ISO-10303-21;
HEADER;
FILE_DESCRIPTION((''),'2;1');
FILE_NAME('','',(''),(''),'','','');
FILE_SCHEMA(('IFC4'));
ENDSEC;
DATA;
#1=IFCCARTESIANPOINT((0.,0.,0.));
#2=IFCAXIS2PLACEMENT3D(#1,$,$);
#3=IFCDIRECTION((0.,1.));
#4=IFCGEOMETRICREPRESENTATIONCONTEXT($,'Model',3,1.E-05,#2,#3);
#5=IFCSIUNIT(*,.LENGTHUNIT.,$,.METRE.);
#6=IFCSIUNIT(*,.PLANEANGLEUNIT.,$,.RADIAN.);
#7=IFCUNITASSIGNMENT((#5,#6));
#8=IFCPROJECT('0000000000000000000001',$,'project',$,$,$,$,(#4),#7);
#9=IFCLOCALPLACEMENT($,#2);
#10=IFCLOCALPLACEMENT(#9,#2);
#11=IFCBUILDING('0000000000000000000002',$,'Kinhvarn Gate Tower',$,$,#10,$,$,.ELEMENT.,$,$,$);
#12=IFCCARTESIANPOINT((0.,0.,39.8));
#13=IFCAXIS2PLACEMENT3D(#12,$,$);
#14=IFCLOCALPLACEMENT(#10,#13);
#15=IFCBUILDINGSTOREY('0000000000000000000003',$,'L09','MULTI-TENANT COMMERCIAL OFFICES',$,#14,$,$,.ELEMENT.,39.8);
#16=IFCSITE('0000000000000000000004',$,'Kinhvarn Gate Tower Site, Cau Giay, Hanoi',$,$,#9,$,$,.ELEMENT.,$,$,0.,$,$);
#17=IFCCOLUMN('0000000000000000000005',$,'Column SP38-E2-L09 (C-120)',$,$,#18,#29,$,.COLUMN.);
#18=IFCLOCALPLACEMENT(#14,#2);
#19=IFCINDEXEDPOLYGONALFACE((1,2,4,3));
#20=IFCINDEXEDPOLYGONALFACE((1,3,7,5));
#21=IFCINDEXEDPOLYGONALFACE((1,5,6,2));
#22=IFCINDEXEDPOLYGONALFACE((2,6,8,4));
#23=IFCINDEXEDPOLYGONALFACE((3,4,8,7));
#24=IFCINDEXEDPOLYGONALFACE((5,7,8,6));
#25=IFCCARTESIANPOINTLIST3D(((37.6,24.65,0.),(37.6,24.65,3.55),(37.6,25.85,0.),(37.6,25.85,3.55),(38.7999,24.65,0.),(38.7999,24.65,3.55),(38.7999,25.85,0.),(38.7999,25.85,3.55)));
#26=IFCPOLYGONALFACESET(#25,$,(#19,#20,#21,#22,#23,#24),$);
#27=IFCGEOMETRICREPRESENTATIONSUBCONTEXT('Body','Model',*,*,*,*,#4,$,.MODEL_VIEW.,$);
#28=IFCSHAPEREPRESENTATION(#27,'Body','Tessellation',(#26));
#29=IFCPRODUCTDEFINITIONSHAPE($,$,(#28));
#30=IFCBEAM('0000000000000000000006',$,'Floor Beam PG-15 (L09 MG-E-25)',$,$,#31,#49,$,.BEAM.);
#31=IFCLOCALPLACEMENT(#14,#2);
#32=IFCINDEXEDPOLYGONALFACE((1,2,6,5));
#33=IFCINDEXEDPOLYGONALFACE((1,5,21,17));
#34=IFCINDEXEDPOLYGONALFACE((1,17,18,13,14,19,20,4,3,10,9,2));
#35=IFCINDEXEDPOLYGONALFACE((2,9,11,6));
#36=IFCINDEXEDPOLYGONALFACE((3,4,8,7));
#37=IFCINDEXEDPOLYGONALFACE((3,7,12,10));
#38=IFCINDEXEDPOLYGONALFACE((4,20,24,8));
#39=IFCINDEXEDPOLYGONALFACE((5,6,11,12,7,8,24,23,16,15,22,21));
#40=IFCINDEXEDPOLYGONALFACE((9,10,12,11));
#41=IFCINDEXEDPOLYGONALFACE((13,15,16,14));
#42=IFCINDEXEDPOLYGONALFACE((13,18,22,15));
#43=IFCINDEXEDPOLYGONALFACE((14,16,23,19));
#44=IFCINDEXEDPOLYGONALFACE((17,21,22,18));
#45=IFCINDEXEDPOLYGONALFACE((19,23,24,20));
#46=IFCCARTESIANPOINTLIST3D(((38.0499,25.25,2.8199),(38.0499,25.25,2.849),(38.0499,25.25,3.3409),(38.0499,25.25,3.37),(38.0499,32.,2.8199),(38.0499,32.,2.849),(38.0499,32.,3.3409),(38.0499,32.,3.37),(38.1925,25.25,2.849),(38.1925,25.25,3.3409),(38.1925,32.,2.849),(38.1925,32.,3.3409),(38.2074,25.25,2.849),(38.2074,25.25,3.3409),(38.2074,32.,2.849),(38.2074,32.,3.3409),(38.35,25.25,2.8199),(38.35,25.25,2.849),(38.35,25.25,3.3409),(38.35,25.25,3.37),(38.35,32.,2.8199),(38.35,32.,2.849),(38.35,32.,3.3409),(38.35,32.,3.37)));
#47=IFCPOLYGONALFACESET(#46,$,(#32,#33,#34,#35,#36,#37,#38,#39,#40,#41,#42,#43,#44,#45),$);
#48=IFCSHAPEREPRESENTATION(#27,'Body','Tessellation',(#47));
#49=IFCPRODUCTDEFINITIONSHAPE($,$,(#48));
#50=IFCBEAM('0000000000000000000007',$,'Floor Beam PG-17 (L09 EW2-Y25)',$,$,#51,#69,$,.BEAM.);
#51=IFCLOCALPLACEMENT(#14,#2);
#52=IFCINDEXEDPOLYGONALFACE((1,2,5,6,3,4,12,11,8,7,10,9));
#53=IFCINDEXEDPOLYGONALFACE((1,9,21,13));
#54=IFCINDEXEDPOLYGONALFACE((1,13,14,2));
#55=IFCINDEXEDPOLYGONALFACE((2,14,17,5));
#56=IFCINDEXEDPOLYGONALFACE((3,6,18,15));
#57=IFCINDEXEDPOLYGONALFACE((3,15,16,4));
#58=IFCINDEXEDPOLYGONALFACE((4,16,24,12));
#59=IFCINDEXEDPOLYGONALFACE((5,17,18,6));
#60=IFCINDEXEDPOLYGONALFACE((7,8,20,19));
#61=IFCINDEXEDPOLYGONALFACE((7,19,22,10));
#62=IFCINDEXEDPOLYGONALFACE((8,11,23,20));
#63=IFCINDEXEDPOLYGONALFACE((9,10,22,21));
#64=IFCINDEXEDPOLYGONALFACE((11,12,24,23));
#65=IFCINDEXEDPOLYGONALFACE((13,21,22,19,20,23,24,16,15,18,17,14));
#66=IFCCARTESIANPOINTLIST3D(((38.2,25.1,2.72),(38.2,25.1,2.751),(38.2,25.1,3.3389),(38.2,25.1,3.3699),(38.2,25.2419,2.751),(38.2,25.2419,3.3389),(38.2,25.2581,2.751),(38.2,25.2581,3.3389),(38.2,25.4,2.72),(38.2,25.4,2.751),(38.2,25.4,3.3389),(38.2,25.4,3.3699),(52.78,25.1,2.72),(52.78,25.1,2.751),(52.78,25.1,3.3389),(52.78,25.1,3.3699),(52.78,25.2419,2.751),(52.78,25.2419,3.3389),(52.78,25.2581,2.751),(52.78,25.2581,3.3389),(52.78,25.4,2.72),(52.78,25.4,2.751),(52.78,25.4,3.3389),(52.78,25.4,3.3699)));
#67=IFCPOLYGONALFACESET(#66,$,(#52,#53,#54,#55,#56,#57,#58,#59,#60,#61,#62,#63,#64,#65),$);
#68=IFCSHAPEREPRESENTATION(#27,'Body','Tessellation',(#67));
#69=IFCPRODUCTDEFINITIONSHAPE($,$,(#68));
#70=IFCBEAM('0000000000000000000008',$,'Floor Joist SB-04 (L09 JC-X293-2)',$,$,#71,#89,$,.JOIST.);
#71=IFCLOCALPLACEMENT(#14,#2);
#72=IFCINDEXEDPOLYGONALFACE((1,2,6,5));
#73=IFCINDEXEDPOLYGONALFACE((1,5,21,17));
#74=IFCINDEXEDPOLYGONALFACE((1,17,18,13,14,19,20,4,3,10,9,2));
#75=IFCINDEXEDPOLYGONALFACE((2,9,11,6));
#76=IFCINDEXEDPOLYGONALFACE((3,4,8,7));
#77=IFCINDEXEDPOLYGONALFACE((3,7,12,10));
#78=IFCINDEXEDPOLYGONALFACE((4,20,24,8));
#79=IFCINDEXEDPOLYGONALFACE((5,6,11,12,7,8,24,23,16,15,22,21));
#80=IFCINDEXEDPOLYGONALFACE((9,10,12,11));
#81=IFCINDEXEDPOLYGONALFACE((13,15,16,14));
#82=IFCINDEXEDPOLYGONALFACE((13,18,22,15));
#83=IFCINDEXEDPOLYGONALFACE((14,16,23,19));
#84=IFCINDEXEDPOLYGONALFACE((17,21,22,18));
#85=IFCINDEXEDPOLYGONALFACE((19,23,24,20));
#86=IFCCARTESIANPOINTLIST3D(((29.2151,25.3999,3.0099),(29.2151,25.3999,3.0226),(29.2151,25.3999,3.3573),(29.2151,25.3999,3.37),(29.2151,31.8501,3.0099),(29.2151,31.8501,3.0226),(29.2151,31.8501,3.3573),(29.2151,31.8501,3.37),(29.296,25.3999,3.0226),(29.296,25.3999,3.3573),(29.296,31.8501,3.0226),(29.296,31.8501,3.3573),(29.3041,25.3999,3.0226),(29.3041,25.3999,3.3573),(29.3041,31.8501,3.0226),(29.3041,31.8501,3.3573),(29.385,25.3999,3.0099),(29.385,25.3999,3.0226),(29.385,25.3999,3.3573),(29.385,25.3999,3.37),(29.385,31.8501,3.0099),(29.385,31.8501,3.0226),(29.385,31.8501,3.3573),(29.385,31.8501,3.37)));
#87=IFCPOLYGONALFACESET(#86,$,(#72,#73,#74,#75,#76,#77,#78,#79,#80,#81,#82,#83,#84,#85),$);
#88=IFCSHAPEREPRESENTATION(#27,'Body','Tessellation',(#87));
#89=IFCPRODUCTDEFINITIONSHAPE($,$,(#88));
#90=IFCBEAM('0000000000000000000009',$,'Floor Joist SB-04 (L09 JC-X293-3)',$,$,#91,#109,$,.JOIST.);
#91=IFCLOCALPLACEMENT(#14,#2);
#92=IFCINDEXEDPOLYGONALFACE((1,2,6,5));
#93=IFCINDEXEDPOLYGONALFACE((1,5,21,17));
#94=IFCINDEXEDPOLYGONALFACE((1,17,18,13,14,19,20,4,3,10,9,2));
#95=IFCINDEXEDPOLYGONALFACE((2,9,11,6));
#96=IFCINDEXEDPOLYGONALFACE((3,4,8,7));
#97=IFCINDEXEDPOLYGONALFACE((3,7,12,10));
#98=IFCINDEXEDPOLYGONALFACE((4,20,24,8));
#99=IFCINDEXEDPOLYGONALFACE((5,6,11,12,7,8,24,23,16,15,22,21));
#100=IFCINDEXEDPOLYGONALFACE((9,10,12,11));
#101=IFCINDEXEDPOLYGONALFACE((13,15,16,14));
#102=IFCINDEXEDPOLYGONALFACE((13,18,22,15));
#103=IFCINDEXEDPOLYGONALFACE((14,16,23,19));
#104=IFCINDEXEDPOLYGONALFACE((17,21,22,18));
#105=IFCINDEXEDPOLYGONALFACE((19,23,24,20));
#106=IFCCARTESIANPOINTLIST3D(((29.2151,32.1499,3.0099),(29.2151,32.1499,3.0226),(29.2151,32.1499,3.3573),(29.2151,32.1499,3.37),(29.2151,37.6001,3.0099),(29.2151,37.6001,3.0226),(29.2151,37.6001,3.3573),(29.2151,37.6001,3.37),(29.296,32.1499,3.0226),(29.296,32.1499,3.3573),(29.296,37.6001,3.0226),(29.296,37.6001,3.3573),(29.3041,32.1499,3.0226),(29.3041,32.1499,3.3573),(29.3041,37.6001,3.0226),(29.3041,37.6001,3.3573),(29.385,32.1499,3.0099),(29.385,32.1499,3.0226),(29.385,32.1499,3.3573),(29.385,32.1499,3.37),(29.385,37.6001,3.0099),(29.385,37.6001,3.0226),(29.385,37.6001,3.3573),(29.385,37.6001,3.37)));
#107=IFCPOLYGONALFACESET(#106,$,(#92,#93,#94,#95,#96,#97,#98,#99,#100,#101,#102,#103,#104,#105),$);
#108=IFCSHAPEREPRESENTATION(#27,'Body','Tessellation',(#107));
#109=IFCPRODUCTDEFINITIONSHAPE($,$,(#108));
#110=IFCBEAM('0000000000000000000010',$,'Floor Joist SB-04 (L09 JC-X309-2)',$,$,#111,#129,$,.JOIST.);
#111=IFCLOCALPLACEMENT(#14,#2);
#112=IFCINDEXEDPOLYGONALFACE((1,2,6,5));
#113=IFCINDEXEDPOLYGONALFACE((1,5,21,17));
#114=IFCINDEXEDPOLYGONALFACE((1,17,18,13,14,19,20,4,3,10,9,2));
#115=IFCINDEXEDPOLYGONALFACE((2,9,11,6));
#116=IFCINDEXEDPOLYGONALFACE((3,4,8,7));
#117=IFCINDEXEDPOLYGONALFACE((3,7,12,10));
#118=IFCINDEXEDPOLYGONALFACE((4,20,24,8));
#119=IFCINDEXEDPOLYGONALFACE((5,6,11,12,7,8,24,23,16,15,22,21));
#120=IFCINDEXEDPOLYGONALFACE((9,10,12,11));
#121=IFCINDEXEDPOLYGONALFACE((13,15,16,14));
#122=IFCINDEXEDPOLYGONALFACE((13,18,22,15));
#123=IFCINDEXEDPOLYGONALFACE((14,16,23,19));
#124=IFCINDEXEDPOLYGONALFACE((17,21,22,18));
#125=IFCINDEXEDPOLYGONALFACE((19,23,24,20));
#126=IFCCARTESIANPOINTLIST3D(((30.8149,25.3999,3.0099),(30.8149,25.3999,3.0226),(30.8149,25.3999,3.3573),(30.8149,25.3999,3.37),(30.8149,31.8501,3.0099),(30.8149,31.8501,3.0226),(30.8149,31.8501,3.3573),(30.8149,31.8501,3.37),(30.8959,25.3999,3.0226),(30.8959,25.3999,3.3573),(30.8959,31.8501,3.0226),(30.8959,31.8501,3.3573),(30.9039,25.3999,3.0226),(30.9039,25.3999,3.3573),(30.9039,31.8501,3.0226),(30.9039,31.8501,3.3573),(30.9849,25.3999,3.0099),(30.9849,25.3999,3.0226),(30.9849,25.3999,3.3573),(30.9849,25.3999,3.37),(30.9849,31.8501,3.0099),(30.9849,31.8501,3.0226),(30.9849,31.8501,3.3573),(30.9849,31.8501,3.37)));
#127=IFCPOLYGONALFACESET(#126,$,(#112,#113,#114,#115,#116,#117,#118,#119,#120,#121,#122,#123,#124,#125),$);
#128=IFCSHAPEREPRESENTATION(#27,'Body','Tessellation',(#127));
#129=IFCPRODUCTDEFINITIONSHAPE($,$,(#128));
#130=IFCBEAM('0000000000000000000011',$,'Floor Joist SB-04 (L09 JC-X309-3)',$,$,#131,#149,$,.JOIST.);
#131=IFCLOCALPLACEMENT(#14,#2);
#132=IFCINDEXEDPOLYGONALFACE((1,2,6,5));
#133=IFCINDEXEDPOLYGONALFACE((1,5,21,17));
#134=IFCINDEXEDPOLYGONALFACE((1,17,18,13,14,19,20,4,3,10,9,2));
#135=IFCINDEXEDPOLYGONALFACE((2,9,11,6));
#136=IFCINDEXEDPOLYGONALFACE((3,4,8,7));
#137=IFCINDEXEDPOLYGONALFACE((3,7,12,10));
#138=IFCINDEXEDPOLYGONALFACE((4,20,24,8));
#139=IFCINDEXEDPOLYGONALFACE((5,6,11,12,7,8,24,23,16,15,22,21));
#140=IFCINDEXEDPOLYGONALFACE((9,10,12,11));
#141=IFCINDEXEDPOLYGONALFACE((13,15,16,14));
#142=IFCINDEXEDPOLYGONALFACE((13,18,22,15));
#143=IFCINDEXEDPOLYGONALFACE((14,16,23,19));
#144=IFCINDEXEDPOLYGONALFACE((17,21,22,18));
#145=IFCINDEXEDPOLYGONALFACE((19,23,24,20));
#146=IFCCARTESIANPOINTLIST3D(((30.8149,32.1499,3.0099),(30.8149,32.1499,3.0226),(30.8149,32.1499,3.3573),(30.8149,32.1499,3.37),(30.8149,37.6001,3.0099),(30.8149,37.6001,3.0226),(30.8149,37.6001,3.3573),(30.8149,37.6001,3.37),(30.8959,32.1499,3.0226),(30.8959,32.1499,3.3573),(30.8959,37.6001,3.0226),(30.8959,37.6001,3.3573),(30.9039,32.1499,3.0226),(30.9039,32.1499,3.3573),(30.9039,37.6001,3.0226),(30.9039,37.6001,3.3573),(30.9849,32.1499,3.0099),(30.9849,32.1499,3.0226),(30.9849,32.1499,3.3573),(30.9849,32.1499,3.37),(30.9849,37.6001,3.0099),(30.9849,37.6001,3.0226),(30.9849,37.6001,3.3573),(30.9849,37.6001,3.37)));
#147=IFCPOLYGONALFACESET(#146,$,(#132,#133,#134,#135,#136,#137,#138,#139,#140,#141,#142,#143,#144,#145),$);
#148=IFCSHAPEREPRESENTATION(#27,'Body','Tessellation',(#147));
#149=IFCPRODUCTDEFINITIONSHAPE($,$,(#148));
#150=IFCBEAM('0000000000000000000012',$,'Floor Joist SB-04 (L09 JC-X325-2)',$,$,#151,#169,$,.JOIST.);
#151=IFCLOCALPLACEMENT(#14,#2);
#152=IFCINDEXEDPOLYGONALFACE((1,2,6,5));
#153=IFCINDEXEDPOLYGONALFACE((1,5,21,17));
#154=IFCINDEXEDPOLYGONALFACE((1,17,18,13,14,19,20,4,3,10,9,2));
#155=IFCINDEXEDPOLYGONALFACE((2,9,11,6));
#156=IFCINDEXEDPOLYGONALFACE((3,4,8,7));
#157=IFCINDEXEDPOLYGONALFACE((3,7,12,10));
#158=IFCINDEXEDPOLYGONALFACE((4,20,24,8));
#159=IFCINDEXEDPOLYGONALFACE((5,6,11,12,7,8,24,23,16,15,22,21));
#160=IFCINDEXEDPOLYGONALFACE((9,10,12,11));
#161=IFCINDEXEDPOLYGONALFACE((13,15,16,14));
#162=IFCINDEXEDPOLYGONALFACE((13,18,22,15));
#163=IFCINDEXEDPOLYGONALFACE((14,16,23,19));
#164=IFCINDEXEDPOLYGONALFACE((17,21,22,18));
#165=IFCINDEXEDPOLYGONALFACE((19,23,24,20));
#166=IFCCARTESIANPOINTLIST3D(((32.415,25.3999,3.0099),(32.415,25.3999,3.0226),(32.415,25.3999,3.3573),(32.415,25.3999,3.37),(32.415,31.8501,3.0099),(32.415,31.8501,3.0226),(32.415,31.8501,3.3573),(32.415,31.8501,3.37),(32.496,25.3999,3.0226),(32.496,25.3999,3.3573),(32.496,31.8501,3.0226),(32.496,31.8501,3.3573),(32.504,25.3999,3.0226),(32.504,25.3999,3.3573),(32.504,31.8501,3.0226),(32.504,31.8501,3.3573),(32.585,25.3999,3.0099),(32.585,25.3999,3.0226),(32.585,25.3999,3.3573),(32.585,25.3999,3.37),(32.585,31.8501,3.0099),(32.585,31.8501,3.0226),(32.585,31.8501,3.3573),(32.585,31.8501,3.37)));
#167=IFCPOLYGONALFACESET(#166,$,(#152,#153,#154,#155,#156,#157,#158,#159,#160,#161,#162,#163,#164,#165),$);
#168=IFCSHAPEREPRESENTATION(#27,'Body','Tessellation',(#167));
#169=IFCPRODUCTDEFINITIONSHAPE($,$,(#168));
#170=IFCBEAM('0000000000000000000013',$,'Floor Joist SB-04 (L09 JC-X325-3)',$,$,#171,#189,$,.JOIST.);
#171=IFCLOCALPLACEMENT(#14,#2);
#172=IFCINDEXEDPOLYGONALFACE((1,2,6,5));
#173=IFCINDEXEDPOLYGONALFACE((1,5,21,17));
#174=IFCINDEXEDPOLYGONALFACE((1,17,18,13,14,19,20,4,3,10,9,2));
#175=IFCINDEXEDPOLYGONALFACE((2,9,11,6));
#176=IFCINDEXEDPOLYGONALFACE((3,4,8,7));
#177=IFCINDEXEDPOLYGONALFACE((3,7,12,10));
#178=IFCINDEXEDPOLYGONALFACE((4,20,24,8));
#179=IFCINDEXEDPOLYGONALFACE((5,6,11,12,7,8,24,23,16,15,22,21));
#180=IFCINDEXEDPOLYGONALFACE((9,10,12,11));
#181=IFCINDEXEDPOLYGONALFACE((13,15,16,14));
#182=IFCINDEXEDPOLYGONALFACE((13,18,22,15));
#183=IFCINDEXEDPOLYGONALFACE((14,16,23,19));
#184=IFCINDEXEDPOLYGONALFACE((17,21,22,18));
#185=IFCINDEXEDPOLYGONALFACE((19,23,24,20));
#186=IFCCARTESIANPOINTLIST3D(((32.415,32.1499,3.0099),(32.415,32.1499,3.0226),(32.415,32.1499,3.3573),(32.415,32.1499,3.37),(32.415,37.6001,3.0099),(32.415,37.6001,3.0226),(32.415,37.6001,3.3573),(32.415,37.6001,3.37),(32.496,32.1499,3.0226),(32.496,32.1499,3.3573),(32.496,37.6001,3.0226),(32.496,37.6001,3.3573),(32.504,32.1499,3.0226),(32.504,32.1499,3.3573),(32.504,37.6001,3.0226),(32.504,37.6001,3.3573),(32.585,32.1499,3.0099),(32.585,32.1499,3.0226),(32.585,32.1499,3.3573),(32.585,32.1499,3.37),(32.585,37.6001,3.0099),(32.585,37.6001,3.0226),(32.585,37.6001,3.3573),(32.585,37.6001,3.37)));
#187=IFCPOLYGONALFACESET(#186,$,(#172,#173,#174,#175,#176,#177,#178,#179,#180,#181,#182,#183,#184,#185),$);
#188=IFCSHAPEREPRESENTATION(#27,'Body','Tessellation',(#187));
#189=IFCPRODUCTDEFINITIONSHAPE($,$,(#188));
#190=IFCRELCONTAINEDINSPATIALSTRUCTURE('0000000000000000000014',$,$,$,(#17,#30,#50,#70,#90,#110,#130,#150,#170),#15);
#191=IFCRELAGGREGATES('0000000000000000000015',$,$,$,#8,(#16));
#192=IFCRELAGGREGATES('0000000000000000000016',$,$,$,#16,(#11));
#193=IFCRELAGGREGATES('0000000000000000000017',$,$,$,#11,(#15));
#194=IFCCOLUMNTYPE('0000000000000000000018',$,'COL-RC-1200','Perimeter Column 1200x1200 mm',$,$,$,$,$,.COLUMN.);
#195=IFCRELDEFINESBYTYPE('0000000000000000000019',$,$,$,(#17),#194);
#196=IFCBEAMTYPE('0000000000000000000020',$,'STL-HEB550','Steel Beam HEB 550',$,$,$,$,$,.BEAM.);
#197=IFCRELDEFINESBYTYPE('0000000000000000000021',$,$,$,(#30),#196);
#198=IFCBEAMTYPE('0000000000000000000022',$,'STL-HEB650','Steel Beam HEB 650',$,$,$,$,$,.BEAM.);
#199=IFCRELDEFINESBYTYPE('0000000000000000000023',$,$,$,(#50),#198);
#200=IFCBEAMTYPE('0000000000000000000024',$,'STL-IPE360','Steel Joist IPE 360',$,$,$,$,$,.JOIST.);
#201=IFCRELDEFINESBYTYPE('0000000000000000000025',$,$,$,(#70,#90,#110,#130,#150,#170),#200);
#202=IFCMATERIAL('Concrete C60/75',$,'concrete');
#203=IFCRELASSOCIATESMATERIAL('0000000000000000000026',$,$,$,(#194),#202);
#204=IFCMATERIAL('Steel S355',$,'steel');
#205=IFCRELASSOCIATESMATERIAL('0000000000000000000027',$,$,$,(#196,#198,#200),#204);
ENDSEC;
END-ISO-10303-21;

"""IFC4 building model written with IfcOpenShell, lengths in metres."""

from ifc_helpers import new_model, si_unit, direction, frame, origin, origin_2d, place, context, subcontext, project, spatial, rectangle, i_section, extrude, material, material_profile, profile_set, type_object, element, save


model = new_model("IFC4")

# Units and contexts
model_context = context("Model", 3, precision=1e-05, world=origin(), true_north=direction((0.0, 1.0)))
body_context = subcontext(model_context, "Body", "Model", "MODEL_VIEW")
ifc_project = project(units=[si_unit("LENGTHUNIT", "METRE"), si_unit("PLANEANGLEUNIT", "RADIAN")], contexts=[model_context])

# Site, building, storey
site_placement = place(None, origin())
site = spatial("IfcSite", under=ifc_project, at=site_placement, Name="Kinhvarn Gate Tower Site, Cau Giay, Hanoi", CompositionType="ELEMENT", RefElevation=0.0)
building_placement = place(site_placement, origin())
building = spatial("IfcBuilding", under=site, at=building_placement, Name="Kinhvarn Gate Tower", CompositionType="ELEMENT")
storey_placement = place(building_placement, frame((0.0, 0.0, 39.8)))
storey = spatial("IfcBuildingStorey", under=building, at=storey_placement, Name="L09", Description="MULTI-TENANT COMMERCIAL OFFICES", CompositionType="ELEMENT", Elevation=39.8)

# Column
ifc_material_1 = material(Name="Concrete C60/75", Category="concrete")
ifc_material_profile_1 = material_profile(ifc_material_1, rectangle(XDim=1.2, YDim=1.2, at=origin_2d()), Name="RC 1200x1200")
ifc_profile_set_1 = profile_set([ifc_material_profile_1], Name="Concrete C60/75")
column_type = type_object("IfcColumnType", Name="COL-RC-1200", Description="Perimeter Column 1200x1200 mm", PredefinedType="COLUMN", material=ifc_profile_set_1)
column_placement = place(storey_placement, frame((38.2, 25.25, 0.0), z_axis=(0.0, 0.0, 1.0), x_axis=(1.0, 0.0, 0.0)))
element("IfcColumn", 1, at=column_placement, inside=storey, type_object=column_type, Name="Column SP38-E2-L09 (C-120)", PredefinedType="COLUMN", context=body_context, shape_type="SweptSolid", body=[
    extrude(rectangle(XDim=1.2, YDim=1.2, at=origin_2d()), origin(), (0.0, 0.0, 1.0), 3.55),
])

# Beams
ifc_material_2 = material(Name="Steel S355", Category="steel")
ifc_material_profile_2 = material_profile(ifc_material_2, i_section(OverallWidth=0.3, OverallDepth=0.55, WebThickness=0.0149, FlangeThickness=0.0291, at=origin_2d()), Name="HEB 550")
ifc_profile_set_2 = profile_set([ifc_material_profile_2], Name="Steel S355")
beam_type_1 = type_object("IfcBeamType", Name="STL-HEB550", Description="Steel Beam HEB 550", PredefinedType="BEAM", material=ifc_profile_set_2)
beam_1_placement = place(storey_placement, frame((38.2, 25.25, 3.095), z_axis=(0.0, 1.0, 0.0), x_axis=(-1.0, 0.0, 0.0)))
element("IfcBeam", 2, at=beam_1_placement, inside=storey, type_object=beam_type_1, Name="Floor Beam PG-15 (L09 MG-E-25)", PredefinedType="BEAM", context=body_context, shape_type="SweptSolid", body=[
    extrude(i_section(OverallWidth=0.3, OverallDepth=0.55, WebThickness=0.0149, FlangeThickness=0.0291, at=origin_2d()), origin(), (0.0, 0.0, 1.0), 6.75),
])
ifc_material_profile_3 = material_profile(ifc_material_2, i_section(OverallWidth=0.3, OverallDepth=0.6499, WebThickness=0.0161, FlangeThickness=0.031, at=origin_2d()), Name="HEB 650")
ifc_profile_set_3 = profile_set([ifc_material_profile_3], Name="Steel S355")
beam_type_2 = type_object("IfcBeamType", Name="STL-HEB650", Description="Steel Beam HEB 650", PredefinedType="BEAM", material=ifc_profile_set_3)
beam_2_placement = place(storey_placement, frame((38.2, 25.25, 3.0449), z_axis=(1.0, 0.0, 0.0), x_axis=(0.0, 1.0, 0.0)))
element("IfcBeam", 3, at=beam_2_placement, inside=storey, type_object=beam_type_2, Name="Floor Beam PG-17 (L09 EW2-Y25)", PredefinedType="BEAM", context=body_context, shape_type="SweptSolid", body=[
    extrude(i_section(OverallWidth=0.3, OverallDepth=0.6499, WebThickness=0.0161, FlangeThickness=0.031, at=origin_2d()), origin(), (0.0, 0.0, 1.0), 14.5801),
])
ifc_material_profile_4 = material_profile(ifc_material_2, i_section(OverallWidth=0.1699, OverallDepth=0.3601, WebThickness=0.0081, FlangeThickness=0.0127, at=origin_2d()), Name="IPE 360")
ifc_profile_set_4 = profile_set([ifc_material_profile_4], Name="Steel S355")
beam_type_3 = type_object("IfcBeamType", Name="STL-IPE360", Description="Steel Joist IPE 360", PredefinedType="JOIST", material=ifc_profile_set_4)
beam_3_placement = place(storey_placement, frame((29.3, 25.3999, 3.1899), z_axis=(0.0, 1.0, 0.0), x_axis=(-1.0, 0.0, 0.0)))
element("IfcBeam", 4, at=beam_3_placement, inside=storey, type_object=beam_type_3, Name="Floor Joist SB-04 (L09 JC-X293-2)", PredefinedType="JOIST", context=body_context, shape_type="SweptSolid", body=[
    extrude(i_section(OverallWidth=0.1699, OverallDepth=0.3601, WebThickness=0.0081, FlangeThickness=0.0127, at=origin_2d()), origin(), (0.0, 0.0, 1.0), 6.4502),
])
beam_4_placement = place(storey_placement, frame((29.3, 32.1499, 3.1899), z_axis=(0.0, 1.0, 0.0), x_axis=(-1.0, 0.0, 0.0)))
element("IfcBeam", 5, at=beam_4_placement, inside=storey, type_object=beam_type_3, Name="Floor Joist SB-04 (L09 JC-X293-3)", PredefinedType="JOIST", context=body_context, shape_type="SweptSolid", body=[
    extrude(i_section(OverallWidth=0.1699, OverallDepth=0.3601, WebThickness=0.0081, FlangeThickness=0.0127, at=origin_2d()), origin(), (0.0, 0.0, 1.0), 5.4502),
])
beam_5_placement = place(storey_placement, frame((30.8999, 25.3999, 3.1899), z_axis=(0.0, 1.0, 0.0), x_axis=(-1.0, 0.0, 0.0)))
element("IfcBeam", 6, at=beam_5_placement, inside=storey, type_object=beam_type_3, Name="Floor Joist SB-04 (L09 JC-X309-2)", PredefinedType="JOIST", context=body_context, shape_type="SweptSolid", body=[
    extrude(i_section(OverallWidth=0.1699, OverallDepth=0.3601, WebThickness=0.0081, FlangeThickness=0.0127, at=origin_2d()), origin(), (0.0, 0.0, 1.0), 6.4502),
])
beam_6_placement = place(storey_placement, frame((30.8999, 32.1499, 3.1899), z_axis=(0.0, 1.0, 0.0), x_axis=(-1.0, 0.0, 0.0)))
element("IfcBeam", 7, at=beam_6_placement, inside=storey, type_object=beam_type_3, Name="Floor Joist SB-04 (L09 JC-X309-3)", PredefinedType="JOIST", context=body_context, shape_type="SweptSolid", body=[
    extrude(i_section(OverallWidth=0.1699, OverallDepth=0.3601, WebThickness=0.0081, FlangeThickness=0.0127, at=origin_2d()), origin(), (0.0, 0.0, 1.0), 5.4502),
])
beam_7_placement = place(storey_placement, frame((32.5, 25.3999, 3.1899), z_axis=(0.0, 1.0, 0.0), x_axis=(-1.0, 0.0, 0.0)))
element("IfcBeam", 8, at=beam_7_placement, inside=storey, type_object=beam_type_3, Name="Floor Joist SB-04 (L09 JC-X325-2)", PredefinedType="JOIST", context=body_context, shape_type="SweptSolid", body=[
    extrude(i_section(OverallWidth=0.1699, OverallDepth=0.3601, WebThickness=0.0081, FlangeThickness=0.0127, at=origin_2d()), origin(), (0.0, 0.0, 1.0), 6.4502),
])
beam_8_placement = place(storey_placement, frame((32.5, 32.1499, 3.1899), z_axis=(0.0, 1.0, 0.0), x_axis=(-1.0, 0.0, 0.0)))
element("IfcBeam", 9, at=beam_8_placement, inside=storey, type_object=beam_type_3, Name="Floor Joist SB-04 (L09 JC-X325-3)", PredefinedType="JOIST", context=body_context, shape_type="SweptSolid", body=[
    extrude(i_section(OverallWidth=0.1699, OverallDepth=0.3601, WebThickness=0.0081, FlangeThickness=0.0127, at=origin_2d()), origin(), (0.0, 0.0, 1.0), 5.4502),
])

save(model, "model.ifc")
